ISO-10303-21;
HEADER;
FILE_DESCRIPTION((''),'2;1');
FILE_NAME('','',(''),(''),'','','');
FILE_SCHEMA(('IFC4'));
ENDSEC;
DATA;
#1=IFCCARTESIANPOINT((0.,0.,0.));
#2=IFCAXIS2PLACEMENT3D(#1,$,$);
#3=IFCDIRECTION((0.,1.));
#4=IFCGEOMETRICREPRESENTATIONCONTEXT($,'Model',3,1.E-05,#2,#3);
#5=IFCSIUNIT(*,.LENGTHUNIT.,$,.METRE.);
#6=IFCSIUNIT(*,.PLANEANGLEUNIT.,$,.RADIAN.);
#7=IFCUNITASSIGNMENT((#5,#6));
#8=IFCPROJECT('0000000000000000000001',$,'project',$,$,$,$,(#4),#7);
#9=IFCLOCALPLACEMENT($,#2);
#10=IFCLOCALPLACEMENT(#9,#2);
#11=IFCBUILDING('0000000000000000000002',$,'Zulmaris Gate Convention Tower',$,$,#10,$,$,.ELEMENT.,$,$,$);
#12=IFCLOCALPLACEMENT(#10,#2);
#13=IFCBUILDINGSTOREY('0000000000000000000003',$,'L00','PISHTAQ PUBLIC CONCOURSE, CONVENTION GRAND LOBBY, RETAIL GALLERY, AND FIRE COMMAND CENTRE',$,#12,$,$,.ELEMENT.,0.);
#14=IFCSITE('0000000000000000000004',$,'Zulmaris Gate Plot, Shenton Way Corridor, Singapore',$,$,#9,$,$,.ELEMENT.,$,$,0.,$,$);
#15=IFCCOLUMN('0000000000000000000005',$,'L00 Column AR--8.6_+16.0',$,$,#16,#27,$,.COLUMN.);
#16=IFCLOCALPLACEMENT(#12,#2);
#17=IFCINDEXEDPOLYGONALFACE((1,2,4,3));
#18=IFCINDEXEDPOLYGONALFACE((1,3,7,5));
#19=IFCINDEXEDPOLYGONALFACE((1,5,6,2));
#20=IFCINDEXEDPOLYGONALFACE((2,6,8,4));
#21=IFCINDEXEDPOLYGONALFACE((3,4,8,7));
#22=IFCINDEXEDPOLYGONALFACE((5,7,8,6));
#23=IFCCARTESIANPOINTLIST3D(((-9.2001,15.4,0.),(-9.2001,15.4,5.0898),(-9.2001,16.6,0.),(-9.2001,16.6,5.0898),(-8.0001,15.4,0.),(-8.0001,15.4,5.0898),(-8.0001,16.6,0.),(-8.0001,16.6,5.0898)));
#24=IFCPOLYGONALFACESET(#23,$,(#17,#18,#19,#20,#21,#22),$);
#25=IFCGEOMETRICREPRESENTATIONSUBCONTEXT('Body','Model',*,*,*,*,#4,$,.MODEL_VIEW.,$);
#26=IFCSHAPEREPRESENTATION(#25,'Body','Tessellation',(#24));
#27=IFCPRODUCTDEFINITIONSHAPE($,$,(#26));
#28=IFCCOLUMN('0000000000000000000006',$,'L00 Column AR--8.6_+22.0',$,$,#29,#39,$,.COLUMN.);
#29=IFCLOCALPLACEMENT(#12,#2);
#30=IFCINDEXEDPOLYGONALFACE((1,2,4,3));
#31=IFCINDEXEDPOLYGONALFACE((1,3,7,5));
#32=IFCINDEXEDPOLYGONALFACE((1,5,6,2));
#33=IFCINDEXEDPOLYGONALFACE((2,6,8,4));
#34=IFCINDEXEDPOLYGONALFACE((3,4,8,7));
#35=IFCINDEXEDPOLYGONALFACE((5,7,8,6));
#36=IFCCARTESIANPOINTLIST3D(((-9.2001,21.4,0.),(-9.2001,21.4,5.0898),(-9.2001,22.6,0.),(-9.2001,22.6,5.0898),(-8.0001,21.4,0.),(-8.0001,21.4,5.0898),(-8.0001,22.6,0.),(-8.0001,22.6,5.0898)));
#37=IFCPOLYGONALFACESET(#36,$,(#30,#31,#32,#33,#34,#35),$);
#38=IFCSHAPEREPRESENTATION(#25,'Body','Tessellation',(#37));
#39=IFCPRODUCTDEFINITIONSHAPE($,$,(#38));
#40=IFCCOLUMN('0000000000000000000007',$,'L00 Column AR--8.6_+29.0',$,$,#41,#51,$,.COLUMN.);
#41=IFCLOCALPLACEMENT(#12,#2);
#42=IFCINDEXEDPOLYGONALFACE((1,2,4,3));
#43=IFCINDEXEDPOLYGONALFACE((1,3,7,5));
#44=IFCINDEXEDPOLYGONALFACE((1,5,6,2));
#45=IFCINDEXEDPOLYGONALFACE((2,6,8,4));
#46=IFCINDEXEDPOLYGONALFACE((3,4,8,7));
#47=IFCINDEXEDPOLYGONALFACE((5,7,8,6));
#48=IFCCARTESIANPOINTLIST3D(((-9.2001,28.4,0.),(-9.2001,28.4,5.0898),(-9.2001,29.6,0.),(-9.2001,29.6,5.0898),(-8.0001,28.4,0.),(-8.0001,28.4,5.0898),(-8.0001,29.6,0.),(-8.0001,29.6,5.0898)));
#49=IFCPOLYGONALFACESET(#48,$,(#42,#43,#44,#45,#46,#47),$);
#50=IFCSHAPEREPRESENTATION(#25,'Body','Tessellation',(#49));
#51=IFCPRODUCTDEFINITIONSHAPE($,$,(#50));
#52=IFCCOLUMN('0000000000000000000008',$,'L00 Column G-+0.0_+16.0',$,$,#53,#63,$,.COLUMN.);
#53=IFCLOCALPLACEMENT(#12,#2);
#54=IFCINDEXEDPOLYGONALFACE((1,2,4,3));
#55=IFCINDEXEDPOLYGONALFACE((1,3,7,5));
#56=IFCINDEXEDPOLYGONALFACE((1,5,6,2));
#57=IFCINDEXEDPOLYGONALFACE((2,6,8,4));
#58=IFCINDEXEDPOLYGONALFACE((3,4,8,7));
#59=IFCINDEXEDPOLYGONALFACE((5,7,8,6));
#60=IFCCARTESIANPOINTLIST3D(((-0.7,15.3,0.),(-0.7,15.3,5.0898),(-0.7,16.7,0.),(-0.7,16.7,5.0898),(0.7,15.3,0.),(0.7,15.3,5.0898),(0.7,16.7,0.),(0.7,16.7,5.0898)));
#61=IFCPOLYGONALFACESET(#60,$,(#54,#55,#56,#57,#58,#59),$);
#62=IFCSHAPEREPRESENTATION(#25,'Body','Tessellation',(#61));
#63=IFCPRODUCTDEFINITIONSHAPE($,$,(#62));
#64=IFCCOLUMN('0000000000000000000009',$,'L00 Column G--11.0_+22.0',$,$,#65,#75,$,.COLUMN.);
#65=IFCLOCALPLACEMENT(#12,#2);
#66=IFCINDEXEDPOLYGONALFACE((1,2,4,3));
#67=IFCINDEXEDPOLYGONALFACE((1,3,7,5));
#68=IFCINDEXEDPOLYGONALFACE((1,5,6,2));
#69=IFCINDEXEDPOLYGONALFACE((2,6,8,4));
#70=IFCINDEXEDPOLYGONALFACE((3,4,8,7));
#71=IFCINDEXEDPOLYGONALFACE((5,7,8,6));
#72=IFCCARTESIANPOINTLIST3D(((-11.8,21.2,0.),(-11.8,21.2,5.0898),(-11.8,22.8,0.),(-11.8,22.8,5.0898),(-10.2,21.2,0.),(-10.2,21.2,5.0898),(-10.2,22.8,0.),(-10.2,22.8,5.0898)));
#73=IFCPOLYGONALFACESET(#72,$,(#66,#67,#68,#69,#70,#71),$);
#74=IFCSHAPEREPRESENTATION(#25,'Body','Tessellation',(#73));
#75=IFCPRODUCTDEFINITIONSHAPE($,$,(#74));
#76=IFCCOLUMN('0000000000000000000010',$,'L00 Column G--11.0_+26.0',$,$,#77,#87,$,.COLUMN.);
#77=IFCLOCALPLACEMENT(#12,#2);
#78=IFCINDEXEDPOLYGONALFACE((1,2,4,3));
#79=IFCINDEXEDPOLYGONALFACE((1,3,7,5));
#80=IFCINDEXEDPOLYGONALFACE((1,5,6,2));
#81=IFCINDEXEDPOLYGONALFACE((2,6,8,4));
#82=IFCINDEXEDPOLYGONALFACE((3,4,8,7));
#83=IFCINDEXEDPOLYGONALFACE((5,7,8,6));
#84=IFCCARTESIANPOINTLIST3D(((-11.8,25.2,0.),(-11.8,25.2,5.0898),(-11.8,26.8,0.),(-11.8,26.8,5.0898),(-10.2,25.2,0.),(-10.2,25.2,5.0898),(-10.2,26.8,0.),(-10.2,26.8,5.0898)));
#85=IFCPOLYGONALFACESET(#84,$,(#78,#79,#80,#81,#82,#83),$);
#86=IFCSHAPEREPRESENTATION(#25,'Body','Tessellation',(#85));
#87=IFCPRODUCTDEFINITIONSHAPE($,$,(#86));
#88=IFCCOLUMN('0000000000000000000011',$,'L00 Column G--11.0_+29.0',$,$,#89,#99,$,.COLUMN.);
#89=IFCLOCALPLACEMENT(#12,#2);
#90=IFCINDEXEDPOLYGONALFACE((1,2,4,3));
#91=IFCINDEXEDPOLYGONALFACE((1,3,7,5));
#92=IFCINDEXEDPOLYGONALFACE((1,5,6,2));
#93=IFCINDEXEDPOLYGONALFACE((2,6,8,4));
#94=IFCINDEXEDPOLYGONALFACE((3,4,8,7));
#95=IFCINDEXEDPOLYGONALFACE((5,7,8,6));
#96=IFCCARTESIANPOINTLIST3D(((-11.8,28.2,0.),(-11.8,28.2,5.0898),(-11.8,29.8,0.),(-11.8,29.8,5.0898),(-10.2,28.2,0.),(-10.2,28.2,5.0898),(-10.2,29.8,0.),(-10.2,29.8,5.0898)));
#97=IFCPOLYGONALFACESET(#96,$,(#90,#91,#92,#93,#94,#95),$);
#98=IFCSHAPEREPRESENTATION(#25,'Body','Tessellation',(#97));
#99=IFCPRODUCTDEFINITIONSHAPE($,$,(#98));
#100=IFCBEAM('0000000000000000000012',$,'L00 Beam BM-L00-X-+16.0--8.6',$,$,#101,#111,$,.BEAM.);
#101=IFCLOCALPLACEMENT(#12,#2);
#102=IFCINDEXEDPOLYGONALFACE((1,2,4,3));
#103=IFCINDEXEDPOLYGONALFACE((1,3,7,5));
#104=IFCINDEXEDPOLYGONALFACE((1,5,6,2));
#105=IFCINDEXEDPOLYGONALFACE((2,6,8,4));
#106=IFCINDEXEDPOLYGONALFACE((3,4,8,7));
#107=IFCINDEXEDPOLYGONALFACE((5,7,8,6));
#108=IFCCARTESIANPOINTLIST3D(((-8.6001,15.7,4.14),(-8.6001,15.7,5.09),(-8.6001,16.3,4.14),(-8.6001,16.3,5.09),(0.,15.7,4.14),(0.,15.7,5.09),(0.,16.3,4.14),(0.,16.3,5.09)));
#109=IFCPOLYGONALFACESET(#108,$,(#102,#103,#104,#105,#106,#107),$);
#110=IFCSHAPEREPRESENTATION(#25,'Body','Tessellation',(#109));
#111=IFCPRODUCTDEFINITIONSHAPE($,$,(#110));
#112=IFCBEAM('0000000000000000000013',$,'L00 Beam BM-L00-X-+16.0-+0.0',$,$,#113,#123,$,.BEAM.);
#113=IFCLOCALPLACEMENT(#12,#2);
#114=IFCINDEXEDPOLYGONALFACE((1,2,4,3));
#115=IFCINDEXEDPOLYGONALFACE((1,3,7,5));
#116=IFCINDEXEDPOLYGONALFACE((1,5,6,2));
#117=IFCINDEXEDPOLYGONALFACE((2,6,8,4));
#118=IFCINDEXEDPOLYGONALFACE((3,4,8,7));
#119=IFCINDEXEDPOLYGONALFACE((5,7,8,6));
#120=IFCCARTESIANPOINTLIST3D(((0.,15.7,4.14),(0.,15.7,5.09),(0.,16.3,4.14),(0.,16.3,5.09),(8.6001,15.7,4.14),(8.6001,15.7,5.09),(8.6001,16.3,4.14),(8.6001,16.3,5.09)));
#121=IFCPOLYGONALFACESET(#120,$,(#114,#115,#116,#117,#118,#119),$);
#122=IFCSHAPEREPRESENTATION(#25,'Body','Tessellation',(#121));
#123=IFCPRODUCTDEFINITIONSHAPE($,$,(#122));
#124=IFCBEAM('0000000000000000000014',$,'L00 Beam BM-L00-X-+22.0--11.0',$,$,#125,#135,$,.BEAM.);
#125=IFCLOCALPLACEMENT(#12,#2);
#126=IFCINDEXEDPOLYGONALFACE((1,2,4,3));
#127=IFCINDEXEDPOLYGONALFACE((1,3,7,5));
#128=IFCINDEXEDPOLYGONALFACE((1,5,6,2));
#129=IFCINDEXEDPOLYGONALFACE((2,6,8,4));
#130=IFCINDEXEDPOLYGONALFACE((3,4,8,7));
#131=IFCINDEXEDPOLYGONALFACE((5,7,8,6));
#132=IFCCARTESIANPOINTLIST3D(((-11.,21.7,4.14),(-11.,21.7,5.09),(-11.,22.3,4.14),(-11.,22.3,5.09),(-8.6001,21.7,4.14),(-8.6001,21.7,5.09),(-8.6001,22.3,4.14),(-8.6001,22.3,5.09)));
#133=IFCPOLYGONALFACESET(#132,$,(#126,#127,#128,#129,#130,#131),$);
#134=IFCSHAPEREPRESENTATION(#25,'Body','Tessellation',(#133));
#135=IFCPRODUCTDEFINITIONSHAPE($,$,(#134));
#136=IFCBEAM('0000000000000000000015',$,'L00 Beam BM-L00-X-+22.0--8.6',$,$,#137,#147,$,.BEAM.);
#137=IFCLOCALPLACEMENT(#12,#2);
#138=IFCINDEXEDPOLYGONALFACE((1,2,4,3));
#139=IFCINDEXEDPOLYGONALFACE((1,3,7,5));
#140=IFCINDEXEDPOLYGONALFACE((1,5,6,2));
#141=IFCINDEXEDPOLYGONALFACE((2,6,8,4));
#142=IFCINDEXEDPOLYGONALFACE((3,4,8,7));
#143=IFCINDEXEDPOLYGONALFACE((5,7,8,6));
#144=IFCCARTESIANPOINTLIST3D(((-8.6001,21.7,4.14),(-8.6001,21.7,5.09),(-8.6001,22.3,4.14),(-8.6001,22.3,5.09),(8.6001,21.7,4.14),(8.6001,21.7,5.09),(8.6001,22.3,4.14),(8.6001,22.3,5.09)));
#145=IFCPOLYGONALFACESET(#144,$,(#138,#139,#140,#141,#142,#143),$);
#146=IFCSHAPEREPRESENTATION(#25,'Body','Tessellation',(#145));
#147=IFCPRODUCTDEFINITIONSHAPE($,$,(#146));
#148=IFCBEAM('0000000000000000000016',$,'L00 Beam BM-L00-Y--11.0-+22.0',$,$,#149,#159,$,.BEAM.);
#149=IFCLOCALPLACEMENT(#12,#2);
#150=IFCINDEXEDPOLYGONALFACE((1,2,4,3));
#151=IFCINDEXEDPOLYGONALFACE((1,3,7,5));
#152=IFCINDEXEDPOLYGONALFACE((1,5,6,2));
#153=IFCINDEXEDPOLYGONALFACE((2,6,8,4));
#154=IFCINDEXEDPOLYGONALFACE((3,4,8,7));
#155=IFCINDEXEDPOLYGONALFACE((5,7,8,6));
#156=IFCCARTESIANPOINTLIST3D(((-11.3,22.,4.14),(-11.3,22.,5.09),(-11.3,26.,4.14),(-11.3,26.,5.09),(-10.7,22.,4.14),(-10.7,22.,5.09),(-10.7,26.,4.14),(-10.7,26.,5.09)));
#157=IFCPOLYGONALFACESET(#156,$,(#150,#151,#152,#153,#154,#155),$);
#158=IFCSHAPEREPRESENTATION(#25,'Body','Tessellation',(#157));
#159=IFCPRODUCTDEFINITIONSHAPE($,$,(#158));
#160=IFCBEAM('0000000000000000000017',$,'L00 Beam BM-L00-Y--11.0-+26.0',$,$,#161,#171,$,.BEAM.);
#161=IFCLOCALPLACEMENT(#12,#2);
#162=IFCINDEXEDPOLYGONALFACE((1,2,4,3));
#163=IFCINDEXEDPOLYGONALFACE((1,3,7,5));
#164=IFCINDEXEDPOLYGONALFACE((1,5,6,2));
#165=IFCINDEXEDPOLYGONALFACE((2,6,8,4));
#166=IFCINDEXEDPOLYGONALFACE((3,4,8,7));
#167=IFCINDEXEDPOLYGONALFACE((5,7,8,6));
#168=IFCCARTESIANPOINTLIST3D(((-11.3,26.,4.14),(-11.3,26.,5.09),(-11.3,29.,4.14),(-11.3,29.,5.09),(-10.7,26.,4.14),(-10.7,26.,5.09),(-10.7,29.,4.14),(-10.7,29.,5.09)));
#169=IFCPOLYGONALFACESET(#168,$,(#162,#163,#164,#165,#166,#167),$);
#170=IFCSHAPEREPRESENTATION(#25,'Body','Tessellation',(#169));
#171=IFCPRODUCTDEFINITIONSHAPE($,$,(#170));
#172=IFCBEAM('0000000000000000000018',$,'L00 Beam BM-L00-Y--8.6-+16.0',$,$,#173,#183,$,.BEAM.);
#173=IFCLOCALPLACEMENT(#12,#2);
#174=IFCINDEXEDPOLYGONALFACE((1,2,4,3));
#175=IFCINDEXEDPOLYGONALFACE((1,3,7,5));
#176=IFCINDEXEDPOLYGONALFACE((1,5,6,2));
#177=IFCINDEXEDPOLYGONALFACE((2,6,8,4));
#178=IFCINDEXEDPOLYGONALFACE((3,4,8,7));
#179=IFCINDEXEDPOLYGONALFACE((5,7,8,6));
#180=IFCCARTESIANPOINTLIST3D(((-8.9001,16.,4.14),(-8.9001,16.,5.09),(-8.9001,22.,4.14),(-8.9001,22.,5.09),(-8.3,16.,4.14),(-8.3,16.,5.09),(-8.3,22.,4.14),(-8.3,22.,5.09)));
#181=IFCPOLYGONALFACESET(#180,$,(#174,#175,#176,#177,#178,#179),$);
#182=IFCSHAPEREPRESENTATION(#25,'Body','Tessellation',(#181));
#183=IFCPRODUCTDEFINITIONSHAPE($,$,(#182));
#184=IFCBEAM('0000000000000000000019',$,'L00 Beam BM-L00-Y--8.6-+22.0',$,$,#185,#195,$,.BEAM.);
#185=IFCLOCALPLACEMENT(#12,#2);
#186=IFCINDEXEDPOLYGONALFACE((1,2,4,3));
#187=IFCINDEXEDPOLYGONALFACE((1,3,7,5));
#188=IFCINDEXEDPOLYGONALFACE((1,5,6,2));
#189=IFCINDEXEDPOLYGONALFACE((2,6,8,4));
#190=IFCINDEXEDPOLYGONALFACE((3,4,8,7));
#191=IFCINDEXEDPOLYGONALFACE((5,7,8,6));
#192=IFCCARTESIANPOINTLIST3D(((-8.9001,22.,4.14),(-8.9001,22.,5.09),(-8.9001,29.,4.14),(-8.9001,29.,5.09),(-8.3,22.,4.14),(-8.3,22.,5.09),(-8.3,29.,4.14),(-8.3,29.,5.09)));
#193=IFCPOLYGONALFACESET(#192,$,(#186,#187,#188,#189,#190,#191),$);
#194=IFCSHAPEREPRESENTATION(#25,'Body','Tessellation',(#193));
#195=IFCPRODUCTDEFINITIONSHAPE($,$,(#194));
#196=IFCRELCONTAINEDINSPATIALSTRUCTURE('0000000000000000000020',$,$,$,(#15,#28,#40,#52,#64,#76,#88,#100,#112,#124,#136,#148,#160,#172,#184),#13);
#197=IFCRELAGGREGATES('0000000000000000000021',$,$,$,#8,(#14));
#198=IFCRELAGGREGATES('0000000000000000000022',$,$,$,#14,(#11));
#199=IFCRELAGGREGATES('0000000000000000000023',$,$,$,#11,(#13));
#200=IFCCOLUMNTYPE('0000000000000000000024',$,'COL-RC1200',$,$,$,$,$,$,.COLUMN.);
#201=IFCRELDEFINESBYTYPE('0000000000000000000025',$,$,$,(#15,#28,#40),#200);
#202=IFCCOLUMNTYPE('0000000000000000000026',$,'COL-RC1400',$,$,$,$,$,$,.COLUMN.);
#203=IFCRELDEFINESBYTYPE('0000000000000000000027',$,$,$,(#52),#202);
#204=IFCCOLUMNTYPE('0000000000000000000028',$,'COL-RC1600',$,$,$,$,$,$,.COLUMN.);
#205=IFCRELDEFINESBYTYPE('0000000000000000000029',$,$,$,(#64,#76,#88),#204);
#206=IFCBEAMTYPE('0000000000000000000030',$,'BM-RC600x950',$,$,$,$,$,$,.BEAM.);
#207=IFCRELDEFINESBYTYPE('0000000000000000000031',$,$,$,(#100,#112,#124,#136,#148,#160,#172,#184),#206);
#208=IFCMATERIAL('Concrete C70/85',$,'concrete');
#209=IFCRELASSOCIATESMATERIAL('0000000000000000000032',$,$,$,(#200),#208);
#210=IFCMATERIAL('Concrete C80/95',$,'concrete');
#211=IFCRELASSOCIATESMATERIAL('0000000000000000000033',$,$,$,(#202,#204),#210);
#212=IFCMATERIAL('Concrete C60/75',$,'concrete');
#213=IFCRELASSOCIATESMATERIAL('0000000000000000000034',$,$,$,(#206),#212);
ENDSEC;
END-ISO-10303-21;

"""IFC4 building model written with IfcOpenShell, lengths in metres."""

from ifc_helpers import new_model, si_unit, direction, frame, origin, origin_2d, place, context, subcontext, project, spatial, rectangle, extrude, material, material_profile, profile_set, type_object, element, save


model = new_model("IFC4")

# Units and contexts
model_context = context("Model", 3, precision=1e-05, world=origin(), true_north=direction((0.0, 1.0)))
body_context = subcontext(model_context, "Body", "Model", "MODEL_VIEW")
ifc_project = project(units=[si_unit("LENGTHUNIT", "METRE"), si_unit("PLANEANGLEUNIT", "RADIAN")], contexts=[model_context])

# Site, building, storey
site_placement = place(None, origin())
site = spatial("IfcSite", under=ifc_project, at=site_placement, Name="Zulmaris Gate Plot, Shenton Way Corridor, Singapore", CompositionType="ELEMENT", RefElevation=0.0)
building_placement = place(site_placement, origin())
building = spatial("IfcBuilding", under=site, at=building_placement, Name="Zulmaris Gate Convention Tower", CompositionType="ELEMENT")
storey_placement = place(building_placement, origin())
storey = spatial("IfcBuildingStorey", under=building, at=storey_placement, Name="L00", Description="PISHTAQ PUBLIC CONCOURSE, CONVENTION GRAND LOBBY, RETAIL GALLERY, AND FIRE COMMAND CENTRE", CompositionType="ELEMENT", Elevation=0.0)

# Columns
ifc_material_1 = material(Name="Concrete C70/85", Category="concrete")
ifc_material_profile_1 = material_profile(ifc_material_1, rectangle(XDim=1.2, YDim=1.2, at=origin_2d()), Name="RC COL 1200x1200")
ifc_profile_set_1 = profile_set([ifc_material_profile_1], Name="Concrete C70/85")
column_type_1 = type_object("IfcColumnType", Name="COL-RC1200", PredefinedType="COLUMN", material=ifc_profile_set_1)
for number, where, z_axis, x_axis, name in (
    (1, (-8.6001, 16.0, 0.0), (0.0, 0.0, 1.0), (1.0, 0.0, 0.0), "L00 Column AR--8.6_+16.0"),
    (2, (-8.6001, 22.0, 0.0), (0.0, 0.0, 1.0), (1.0, 0.0, 0.0), "L00 Column AR--8.6_+22.0"),
    (3, (-8.6001, 29.0, 0.0), (0.0, 0.0, 1.0), (1.0, 0.0, 0.0), "L00 Column AR--8.6_+29.0"),
):
    element("IfcColumn", number, at=place(storey_placement, frame(where, z_axis=z_axis, x_axis=x_axis)), inside=storey, type_object=column_type_1, Name=name, PredefinedType="COLUMN", context=body_context, shape_type="SweptSolid", body=[
        extrude(rectangle(XDim=1.2, YDim=1.2, at=origin_2d()), origin(), (0.0, 0.0, 1.0), 5.0898),
    ])
ifc_material_2 = material(Name="Concrete C80/95", Category="concrete")
ifc_material_profile_2 = material_profile(ifc_material_2, rectangle(XDim=1.3999, YDim=1.3999, at=origin_2d()), Name="RC COL 1400x1400")
ifc_profile_set_2 = profile_set([ifc_material_profile_2], Name="Concrete C80/95")
column_type_2 = type_object("IfcColumnType", Name="COL-RC1400", PredefinedType="COLUMN", material=ifc_profile_set_2)
column_placement = place(storey_placement, frame((0.0, 16.0, 0.0), z_axis=(0.0, 0.0, 1.0), x_axis=(1.0, 0.0, 0.0)))
element("IfcColumn", 4, at=column_placement, inside=storey, type_object=column_type_2, Name="L00 Column G-+0.0_+16.0", PredefinedType="COLUMN", context=body_context, shape_type="SweptSolid", body=[
    extrude(rectangle(XDim=1.3999, YDim=1.3999, at=origin_2d()), origin(), (0.0, 0.0, 1.0), 5.0898),
])
ifc_material_profile_3 = material_profile(ifc_material_2, rectangle(XDim=1.6001, YDim=1.6001, at=origin_2d()), Name="RC COL 1600x1600")
ifc_profile_set_3 = profile_set([ifc_material_profile_3], Name="Concrete C80/95")
column_type_3 = type_object("IfcColumnType", Name="COL-RC1600", PredefinedType="COLUMN", material=ifc_profile_set_3)
for number, where, z_axis, x_axis, name in (
    (5, (-11.0, 22.0, 0.0), (0.0, 0.0, 1.0), (1.0, 0.0, 0.0), "L00 Column G--11.0_+22.0"),
    (6, (-11.0, 26.0, 0.0), (0.0, 0.0, 1.0), (1.0, 0.0, 0.0), "L00 Column G--11.0_+26.0"),
    (7, (-11.0, 29.0, 0.0), (0.0, 0.0, 1.0), (1.0, 0.0, 0.0), "L00 Column G--11.0_+29.0"),
):
    element("IfcColumn", number, at=place(storey_placement, frame(where, z_axis=z_axis, x_axis=x_axis)), inside=storey, type_object=column_type_3, Name=name, PredefinedType="COLUMN", context=body_context, shape_type="SweptSolid", body=[
        extrude(rectangle(XDim=1.6001, YDim=1.6001, at=origin_2d()), origin(), (0.0, 0.0, 1.0), 5.0898),
    ])

# Beams
ifc_material_3 = material(Name="Concrete C60/75", Category="concrete")
ifc_material_profile_4 = material_profile(ifc_material_3, rectangle(XDim=0.6001, YDim=0.95, at=origin_2d()), Name="RC BEAM 600x950")
ifc_profile_set_4 = profile_set([ifc_material_profile_4], Name="Concrete C60/75")
beam_type_1 = type_object("IfcBeamType", Name="BM-RC600x950", PredefinedType="BEAM", material=ifc_profile_set_4)
for number, where, z_axis, x_axis, name in (
    (8, (-8.6001, 16.0, 4.615), (1.0, 0.0, 0.0), (0.0, 1.0, 0.0), "L00 Beam BM-L00-X-+16.0--8.6"),
    (9, (0.0, 16.0, 4.615), (1.0, 0.0, 0.0), (0.0, 1.0, 0.0), "L00 Beam BM-L00-X-+16.0-+0.0"),
):
    element("IfcBeam", number, at=place(storey_placement, frame(where, z_axis=z_axis, x_axis=x_axis)), inside=storey, type_object=beam_type_1, Name=name, PredefinedType="BEAM", context=body_context, shape_type="SweptSolid", body=[
        extrude(rectangle(XDim=0.6001, YDim=0.95, at=origin_2d()), origin(), (0.0, 0.0, 1.0), 8.6001),
    ])
beam_1_placement = place(storey_placement, frame((-11.0, 22.0, 4.615), z_axis=(1.0, 0.0, 0.0), x_axis=(0.0, 1.0, 0.0)))
element("IfcBeam", 10, at=beam_1_placement, inside=storey, type_object=beam_type_1, Name="L00 Beam BM-L00-X-+22.0--11.0", PredefinedType="BEAM", context=body_context, shape_type="SweptSolid", body=[
    extrude(rectangle(XDim=0.6001, YDim=0.95, at=origin_2d()), origin(), (0.0, 0.0, 1.0), 2.3999),
])
beam_2_placement = place(storey_placement, frame((-8.6001, 22.0, 4.615), z_axis=(1.0, 0.0, 0.0), x_axis=(0.0, 1.0, 0.0)))
element("IfcBeam", 11, at=beam_2_placement, inside=storey, type_object=beam_type_1, Name="L00 Beam BM-L00-X-+22.0--8.6", PredefinedType="BEAM", context=body_context, shape_type="SweptSolid", body=[
    extrude(rectangle(XDim=0.6001, YDim=0.95, at=origin_2d()), origin(), (0.0, 0.0, 1.0), 17.2002),
])
beam_3_placement = place(storey_placement, frame((-11.0, 22.0, 4.615), z_axis=(0.0, 1.0, 0.0), x_axis=(-1.0, 0.0, 0.0)))
element("IfcBeam", 12, at=beam_3_placement, inside=storey, type_object=beam_type_1, Name="L00 Beam BM-L00-Y--11.0-+22.0", PredefinedType="BEAM", context=body_context, shape_type="SweptSolid", body=[
    extrude(rectangle(XDim=0.6001, YDim=0.95, at=origin_2d()), origin(), (0.0, 0.0, 1.0), 4.0),
])
beam_4_placement = place(storey_placement, frame((-11.0, 26.0, 4.615), z_axis=(0.0, 1.0, 0.0), x_axis=(-1.0, 0.0, 0.0)))
element("IfcBeam", 13, at=beam_4_placement, inside=storey, type_object=beam_type_1, Name="L00 Beam BM-L00-Y--11.0-+26.0", PredefinedType="BEAM", context=body_context, shape_type="SweptSolid", body=[
    extrude(rectangle(XDim=0.6001, YDim=0.95, at=origin_2d()), origin(), (0.0, 0.0, 1.0), 3.0),
])
beam_5_placement = place(storey_placement, frame((-8.6001, 16.0, 4.615), z_axis=(0.0, 1.0, 0.0), x_axis=(-1.0, 0.0, 0.0)))
element("IfcBeam", 14, at=beam_5_placement, inside=storey, type_object=beam_type_1, Name="L00 Beam BM-L00-Y--8.6-+16.0", PredefinedType="BEAM", context=body_context, shape_type="SweptSolid", body=[
    extrude(rectangle(XDim=0.6001, YDim=0.95, at=origin_2d()), origin(), (0.0, 0.0, 1.0), 6.0),
])
beam_6_placement = place(storey_placement, frame((-8.6001, 22.0, 4.615), z_axis=(0.0, 1.0, 0.0), x_axis=(-1.0, 0.0, 0.0)))
element("IfcBeam", 15, at=beam_6_placement, inside=storey, type_object=beam_type_1, Name="L00 Beam BM-L00-Y--8.6-+22.0", PredefinedType="BEAM", context=body_context, shape_type="SweptSolid", body=[
    extrude(rectangle(XDim=0.6001, YDim=0.95, at=origin_2d()), origin(), (0.0, 0.0, 1.0), 7.0),
])

save(model, "model.ifc")
